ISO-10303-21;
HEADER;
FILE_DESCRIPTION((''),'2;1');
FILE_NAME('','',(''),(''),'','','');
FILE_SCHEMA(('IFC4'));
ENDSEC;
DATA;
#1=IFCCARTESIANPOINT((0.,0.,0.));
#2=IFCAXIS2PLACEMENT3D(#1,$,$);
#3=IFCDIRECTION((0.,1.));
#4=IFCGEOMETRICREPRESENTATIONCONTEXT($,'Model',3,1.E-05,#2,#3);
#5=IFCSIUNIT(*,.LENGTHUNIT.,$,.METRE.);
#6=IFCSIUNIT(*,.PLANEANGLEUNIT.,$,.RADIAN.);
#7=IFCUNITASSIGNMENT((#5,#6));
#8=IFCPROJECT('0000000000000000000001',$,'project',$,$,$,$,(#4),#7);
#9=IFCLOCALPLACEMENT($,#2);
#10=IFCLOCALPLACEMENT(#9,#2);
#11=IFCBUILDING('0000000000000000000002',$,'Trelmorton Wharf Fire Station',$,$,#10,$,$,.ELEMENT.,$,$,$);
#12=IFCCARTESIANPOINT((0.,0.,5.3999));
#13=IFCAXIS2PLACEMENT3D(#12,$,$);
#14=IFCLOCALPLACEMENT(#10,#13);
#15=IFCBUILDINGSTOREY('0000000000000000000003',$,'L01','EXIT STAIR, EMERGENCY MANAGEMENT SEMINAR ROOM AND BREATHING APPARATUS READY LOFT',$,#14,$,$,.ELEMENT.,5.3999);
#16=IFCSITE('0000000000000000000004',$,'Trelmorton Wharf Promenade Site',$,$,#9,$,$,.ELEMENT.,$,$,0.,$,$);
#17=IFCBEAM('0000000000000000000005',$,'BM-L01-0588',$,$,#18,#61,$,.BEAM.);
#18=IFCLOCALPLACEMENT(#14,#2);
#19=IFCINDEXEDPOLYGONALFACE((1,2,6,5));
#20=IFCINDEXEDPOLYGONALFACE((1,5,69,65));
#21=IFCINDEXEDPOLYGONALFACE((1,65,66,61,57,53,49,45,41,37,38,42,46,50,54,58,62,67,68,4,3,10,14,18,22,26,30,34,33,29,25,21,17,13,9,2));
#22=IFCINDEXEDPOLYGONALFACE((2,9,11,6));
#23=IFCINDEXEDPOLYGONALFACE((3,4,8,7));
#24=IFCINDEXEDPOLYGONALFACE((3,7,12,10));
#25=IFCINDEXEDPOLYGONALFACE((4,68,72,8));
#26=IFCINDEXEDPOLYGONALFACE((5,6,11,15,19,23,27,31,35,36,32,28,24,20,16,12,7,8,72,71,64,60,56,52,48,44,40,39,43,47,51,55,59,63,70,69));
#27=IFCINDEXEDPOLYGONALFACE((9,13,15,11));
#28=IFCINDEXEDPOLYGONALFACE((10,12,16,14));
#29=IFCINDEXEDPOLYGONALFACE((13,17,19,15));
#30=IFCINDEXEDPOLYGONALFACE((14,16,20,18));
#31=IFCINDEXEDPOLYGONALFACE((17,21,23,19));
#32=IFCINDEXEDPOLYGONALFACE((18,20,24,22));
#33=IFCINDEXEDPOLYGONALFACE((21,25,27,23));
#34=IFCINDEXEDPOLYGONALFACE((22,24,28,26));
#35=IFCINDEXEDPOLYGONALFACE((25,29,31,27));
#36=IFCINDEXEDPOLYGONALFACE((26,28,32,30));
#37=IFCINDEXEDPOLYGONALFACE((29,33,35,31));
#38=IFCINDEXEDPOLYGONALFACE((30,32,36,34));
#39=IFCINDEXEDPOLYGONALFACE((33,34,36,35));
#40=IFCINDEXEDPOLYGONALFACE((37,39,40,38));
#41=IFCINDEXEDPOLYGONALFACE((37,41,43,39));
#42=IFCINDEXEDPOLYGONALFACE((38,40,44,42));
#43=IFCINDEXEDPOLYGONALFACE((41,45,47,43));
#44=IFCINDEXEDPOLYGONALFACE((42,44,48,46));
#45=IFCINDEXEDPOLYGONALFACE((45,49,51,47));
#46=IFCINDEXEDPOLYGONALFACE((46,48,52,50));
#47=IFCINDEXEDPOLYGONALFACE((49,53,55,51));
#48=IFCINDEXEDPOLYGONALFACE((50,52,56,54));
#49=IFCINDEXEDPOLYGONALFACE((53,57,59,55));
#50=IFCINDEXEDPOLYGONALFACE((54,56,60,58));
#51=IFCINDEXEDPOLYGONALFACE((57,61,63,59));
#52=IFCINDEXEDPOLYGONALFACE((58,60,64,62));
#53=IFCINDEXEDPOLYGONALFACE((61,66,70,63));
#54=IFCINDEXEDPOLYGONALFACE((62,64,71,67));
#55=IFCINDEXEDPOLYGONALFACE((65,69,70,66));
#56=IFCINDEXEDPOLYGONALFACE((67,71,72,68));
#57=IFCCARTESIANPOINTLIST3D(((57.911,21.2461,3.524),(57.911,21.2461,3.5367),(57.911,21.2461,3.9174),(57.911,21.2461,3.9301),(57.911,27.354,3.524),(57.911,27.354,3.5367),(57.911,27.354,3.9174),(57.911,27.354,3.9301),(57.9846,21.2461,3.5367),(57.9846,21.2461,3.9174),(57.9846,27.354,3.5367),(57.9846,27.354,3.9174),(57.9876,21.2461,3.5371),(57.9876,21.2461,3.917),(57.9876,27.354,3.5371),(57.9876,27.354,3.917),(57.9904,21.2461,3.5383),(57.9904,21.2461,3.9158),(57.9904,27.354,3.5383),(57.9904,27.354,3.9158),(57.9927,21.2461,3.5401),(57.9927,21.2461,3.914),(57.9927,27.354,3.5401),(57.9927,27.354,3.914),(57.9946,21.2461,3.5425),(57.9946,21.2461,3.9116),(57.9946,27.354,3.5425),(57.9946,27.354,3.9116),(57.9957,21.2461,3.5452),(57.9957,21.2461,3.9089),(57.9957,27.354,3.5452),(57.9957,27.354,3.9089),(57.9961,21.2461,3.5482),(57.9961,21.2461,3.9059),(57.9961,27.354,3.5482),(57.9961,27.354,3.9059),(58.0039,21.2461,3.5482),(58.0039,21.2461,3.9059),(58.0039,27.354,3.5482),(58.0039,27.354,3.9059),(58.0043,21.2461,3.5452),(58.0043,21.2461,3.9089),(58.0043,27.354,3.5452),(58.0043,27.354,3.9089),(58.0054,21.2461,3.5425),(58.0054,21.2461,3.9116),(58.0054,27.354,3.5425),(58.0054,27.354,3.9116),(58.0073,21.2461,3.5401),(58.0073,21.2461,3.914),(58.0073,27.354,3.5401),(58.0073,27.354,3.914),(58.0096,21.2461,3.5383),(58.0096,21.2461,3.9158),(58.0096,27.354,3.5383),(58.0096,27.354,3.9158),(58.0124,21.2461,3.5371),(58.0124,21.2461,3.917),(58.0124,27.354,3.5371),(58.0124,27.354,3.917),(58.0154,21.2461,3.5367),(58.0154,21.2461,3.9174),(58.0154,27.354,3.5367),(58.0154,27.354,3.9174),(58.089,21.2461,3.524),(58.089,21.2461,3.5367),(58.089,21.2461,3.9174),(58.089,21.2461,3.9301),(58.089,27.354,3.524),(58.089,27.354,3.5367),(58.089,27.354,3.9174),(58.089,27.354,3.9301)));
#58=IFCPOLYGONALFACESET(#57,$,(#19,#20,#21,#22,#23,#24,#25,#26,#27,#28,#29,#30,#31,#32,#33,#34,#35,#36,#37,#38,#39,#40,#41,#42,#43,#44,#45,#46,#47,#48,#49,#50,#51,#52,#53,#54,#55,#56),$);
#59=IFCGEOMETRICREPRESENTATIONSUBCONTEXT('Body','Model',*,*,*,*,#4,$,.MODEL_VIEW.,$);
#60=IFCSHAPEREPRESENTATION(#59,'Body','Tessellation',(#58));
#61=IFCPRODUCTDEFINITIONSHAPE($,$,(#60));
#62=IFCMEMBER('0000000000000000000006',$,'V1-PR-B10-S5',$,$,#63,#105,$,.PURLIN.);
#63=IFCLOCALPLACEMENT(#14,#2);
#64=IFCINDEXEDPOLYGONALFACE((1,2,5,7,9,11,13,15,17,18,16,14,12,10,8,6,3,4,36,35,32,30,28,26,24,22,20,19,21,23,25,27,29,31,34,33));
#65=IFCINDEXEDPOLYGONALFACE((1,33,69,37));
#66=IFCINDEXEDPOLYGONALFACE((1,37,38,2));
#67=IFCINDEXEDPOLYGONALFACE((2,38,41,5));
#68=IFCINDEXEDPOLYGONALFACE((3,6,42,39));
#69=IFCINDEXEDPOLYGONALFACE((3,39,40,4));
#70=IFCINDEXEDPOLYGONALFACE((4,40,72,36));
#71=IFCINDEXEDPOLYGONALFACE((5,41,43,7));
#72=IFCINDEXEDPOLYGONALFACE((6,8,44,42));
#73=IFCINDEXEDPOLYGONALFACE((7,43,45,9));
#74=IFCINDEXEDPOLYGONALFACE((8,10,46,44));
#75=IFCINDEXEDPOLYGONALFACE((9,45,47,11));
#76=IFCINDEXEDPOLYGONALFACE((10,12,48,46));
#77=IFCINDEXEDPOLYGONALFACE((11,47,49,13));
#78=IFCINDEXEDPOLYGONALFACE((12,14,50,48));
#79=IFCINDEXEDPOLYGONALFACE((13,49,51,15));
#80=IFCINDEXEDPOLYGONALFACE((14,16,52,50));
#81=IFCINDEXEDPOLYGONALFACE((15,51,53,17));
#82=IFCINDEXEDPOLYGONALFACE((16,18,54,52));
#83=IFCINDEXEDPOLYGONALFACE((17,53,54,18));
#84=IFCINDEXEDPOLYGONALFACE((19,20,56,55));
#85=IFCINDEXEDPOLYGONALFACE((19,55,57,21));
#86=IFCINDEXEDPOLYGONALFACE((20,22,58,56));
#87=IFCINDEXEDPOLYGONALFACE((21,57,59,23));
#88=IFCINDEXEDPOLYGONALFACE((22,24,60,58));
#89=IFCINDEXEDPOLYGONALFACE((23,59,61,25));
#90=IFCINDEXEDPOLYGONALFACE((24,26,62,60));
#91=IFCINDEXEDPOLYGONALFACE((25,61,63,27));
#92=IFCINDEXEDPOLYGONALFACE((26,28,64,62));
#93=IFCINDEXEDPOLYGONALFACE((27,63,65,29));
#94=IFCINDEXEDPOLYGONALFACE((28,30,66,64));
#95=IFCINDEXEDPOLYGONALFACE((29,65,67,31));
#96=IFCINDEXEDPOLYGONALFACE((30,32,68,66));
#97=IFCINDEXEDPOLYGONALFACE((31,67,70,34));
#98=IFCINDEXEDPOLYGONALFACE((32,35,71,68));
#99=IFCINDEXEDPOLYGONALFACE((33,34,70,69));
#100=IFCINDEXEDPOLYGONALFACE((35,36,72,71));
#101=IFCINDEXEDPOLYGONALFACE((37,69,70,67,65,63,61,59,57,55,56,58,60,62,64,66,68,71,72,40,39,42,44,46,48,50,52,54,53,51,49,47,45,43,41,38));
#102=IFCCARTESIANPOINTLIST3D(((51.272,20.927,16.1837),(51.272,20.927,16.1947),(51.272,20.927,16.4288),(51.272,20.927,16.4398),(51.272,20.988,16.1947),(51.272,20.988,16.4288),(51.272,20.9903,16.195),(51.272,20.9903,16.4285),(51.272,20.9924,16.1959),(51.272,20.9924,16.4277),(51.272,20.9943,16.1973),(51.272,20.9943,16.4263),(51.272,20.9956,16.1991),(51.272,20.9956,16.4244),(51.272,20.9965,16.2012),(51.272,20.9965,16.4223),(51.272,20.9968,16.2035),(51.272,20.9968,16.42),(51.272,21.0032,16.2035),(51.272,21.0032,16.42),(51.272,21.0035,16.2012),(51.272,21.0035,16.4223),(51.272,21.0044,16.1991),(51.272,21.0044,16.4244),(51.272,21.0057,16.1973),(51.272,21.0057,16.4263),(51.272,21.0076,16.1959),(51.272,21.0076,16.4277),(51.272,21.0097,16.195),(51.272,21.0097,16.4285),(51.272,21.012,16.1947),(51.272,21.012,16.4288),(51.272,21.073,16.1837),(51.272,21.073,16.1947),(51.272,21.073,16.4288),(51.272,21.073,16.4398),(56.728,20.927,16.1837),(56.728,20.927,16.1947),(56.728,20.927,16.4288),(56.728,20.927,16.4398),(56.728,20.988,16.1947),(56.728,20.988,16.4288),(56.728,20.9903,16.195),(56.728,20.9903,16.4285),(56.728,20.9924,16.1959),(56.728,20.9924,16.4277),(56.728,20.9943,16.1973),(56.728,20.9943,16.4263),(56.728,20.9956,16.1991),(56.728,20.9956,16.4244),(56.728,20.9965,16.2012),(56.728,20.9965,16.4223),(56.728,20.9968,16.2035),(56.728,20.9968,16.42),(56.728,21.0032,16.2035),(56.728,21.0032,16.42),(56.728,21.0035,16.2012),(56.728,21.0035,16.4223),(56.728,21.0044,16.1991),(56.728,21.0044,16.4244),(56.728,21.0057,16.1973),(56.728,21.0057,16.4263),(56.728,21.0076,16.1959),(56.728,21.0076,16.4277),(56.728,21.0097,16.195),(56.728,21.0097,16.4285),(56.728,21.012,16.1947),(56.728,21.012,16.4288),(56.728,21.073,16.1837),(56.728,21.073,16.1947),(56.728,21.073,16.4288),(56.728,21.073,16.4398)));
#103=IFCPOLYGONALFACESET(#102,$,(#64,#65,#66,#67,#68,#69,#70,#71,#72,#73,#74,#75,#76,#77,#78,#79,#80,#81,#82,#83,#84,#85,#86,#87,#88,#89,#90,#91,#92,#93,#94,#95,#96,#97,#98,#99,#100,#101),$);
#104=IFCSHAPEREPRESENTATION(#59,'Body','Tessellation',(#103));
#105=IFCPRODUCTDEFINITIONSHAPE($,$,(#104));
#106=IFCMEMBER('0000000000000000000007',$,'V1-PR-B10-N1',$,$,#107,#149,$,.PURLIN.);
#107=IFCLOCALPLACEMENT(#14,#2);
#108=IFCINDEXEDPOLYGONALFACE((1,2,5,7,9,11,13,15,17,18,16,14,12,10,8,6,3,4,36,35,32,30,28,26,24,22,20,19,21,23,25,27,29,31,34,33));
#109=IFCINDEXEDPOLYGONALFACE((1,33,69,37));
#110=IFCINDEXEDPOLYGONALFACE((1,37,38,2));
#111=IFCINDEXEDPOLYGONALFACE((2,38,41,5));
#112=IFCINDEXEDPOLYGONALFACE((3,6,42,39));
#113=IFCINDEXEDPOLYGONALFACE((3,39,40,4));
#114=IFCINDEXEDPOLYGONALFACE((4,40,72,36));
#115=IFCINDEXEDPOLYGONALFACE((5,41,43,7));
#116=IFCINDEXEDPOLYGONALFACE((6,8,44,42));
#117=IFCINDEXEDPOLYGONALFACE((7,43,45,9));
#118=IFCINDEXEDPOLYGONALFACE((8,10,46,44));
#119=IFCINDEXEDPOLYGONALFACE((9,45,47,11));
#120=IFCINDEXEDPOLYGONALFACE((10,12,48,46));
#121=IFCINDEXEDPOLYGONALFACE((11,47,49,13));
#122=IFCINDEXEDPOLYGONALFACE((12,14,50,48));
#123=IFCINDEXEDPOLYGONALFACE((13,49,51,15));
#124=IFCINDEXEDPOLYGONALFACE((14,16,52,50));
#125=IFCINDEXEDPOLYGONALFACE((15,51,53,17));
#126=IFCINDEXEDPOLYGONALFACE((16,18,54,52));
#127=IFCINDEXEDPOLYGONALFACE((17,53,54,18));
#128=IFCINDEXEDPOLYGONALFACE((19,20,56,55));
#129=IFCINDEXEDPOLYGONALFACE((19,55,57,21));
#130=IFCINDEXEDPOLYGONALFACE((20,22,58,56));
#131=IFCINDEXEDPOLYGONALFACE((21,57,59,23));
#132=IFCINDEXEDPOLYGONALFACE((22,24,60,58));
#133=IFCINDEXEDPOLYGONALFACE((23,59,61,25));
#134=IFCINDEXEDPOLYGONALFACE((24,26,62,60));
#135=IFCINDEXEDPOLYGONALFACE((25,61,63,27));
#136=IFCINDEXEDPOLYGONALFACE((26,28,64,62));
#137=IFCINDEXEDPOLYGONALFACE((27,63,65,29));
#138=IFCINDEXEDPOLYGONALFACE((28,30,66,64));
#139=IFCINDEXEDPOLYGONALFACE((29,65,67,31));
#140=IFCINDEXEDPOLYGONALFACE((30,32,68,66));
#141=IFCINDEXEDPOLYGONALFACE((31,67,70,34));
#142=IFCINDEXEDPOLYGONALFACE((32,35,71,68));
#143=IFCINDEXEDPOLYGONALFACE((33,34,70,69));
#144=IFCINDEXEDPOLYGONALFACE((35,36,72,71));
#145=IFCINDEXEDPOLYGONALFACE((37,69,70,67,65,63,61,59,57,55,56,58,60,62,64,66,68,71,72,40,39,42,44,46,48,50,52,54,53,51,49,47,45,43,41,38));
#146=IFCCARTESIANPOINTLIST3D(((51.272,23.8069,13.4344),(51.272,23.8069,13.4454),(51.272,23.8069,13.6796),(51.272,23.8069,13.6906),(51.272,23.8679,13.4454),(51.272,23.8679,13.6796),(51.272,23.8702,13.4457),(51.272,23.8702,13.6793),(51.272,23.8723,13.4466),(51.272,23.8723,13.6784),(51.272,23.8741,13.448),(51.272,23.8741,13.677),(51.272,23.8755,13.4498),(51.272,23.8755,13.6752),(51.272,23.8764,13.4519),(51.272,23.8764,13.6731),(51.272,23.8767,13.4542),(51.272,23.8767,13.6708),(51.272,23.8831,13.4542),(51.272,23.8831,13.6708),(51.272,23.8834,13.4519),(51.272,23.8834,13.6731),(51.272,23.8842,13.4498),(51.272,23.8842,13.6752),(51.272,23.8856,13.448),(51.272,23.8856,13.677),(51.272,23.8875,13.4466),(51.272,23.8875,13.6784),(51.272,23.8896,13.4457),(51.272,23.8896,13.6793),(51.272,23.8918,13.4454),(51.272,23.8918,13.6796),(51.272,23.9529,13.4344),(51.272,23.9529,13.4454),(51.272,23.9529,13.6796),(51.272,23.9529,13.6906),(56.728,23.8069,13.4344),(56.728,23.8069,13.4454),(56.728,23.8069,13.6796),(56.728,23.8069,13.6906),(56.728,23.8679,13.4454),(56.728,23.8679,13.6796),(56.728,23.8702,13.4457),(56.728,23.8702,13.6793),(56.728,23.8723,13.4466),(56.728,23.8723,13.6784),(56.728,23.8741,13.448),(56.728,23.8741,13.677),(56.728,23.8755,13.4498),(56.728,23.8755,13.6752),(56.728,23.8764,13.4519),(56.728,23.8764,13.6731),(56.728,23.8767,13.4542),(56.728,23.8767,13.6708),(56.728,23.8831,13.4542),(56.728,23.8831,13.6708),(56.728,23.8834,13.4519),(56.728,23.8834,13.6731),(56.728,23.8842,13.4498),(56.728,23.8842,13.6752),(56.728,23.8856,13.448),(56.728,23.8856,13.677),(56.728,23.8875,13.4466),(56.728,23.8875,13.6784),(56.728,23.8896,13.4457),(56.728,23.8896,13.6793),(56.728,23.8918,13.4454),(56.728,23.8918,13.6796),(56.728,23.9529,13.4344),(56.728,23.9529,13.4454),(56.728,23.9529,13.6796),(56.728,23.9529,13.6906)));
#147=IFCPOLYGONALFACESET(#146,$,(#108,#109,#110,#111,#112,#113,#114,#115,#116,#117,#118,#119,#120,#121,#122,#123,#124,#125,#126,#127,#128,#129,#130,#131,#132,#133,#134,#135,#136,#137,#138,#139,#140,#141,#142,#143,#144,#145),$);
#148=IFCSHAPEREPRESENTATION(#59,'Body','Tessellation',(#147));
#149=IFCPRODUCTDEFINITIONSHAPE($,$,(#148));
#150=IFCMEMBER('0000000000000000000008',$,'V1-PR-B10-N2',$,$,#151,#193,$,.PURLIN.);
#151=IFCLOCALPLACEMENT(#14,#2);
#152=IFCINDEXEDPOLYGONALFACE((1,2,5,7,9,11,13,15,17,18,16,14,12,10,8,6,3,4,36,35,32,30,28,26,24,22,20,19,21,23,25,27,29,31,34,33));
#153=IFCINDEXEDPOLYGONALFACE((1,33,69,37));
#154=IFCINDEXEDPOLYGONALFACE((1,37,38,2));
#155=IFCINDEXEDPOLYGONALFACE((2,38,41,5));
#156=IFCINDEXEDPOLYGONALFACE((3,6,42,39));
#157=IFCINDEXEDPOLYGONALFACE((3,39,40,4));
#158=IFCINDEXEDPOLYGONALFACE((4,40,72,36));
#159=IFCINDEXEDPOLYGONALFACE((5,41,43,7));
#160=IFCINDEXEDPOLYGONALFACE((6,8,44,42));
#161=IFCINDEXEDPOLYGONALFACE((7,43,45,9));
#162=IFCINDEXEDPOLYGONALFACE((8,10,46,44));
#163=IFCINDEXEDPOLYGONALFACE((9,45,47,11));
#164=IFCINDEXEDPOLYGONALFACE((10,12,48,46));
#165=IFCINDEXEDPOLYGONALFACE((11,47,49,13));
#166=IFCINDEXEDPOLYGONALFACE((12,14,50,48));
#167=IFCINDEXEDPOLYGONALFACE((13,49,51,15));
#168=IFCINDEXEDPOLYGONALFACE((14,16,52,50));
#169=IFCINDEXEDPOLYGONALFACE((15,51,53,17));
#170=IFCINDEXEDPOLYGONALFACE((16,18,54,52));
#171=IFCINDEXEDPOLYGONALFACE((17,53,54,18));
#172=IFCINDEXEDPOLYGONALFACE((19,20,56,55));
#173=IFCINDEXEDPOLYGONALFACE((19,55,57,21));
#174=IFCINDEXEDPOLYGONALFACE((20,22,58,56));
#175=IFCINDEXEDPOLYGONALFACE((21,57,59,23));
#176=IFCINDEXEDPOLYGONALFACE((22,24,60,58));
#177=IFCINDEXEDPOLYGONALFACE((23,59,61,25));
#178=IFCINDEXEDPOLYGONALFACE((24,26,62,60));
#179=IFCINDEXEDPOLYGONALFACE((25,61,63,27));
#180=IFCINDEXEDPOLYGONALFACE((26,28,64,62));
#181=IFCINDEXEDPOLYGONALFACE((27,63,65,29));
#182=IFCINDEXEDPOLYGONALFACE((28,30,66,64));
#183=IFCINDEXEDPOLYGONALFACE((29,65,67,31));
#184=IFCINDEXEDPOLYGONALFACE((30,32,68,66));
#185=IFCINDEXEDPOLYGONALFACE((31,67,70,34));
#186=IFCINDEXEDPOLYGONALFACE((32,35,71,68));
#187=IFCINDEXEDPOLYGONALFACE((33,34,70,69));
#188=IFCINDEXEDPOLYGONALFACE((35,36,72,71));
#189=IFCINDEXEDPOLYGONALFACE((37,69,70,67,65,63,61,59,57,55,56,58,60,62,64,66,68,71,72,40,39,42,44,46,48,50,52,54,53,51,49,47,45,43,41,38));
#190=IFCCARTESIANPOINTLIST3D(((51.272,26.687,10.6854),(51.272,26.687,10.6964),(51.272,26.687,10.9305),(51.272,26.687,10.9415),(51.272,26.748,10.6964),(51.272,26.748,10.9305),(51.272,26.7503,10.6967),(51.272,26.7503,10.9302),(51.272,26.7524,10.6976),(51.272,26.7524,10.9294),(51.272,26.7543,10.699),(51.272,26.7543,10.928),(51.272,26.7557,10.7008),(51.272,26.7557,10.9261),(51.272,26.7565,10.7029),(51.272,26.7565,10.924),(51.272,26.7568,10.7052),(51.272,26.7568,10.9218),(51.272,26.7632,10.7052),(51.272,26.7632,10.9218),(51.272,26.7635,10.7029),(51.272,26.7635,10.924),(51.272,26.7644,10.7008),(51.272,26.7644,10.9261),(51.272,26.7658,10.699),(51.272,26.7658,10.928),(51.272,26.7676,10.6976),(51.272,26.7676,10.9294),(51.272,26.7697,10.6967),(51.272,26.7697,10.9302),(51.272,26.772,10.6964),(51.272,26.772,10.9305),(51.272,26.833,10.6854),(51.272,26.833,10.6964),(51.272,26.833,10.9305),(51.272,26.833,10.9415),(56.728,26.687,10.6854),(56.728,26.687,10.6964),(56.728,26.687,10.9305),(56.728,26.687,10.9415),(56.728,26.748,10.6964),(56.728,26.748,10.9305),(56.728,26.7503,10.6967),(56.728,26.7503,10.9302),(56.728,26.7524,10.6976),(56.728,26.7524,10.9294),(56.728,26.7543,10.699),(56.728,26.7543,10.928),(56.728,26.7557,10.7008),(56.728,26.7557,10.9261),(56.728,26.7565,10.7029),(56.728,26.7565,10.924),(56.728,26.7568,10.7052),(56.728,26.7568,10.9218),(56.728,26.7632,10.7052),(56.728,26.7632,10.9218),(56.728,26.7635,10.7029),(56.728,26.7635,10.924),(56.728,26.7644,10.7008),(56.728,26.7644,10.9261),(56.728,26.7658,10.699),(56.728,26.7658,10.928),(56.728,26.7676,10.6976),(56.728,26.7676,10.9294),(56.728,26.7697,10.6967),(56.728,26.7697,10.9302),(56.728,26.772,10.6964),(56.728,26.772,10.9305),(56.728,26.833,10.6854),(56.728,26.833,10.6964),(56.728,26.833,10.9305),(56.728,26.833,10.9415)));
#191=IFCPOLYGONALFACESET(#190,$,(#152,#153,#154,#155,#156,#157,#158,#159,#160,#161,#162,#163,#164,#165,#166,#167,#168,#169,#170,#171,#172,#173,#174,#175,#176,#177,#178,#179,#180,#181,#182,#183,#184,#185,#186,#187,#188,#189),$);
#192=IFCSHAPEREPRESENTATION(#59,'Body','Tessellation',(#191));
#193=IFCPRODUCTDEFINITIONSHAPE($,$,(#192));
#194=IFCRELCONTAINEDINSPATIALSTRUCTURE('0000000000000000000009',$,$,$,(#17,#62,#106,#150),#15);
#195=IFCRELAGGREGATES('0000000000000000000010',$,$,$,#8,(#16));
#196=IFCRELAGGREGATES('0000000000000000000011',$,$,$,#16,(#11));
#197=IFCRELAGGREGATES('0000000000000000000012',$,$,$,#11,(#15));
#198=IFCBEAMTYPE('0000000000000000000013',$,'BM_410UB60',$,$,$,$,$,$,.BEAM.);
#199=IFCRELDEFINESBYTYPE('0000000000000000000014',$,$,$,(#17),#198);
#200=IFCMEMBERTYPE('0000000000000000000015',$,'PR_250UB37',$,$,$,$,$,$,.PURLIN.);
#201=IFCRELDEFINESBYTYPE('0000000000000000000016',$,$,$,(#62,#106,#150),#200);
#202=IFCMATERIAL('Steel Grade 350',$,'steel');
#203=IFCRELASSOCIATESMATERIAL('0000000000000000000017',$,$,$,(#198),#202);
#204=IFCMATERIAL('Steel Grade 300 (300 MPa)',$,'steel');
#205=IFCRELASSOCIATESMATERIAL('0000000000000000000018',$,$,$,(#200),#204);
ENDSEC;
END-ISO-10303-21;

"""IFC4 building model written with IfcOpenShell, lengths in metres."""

from ifc_helpers import new_model, si_unit, direction, frame, origin, origin_2d, place, context, subcontext, project, spatial, i_section, extrude, material, material_profile, profile_set, type_object, element, save


model = new_model("IFC4")

# Units and contexts
model_context = context("Model", 3, precision=1e-05, world=origin(), true_north=direction((0.0, 1.0)))
body_context = subcontext(model_context, "Body", "Model", "MODEL_VIEW")
ifc_project = project(units=[si_unit("LENGTHUNIT", "METRE"), si_unit("PLANEANGLEUNIT", "RADIAN")], contexts=[model_context])

# Site, building, storey
site_placement = place(None, origin())
site = spatial("IfcSite", under=ifc_project, at=site_placement, Name="Trelmorton Wharf Promenade Site", CompositionType="ELEMENT", RefElevation=0.0)
building_placement = place(site_placement, origin())
building = spatial("IfcBuilding", under=site, at=building_placement, Name="Trelmorton Wharf Fire Station", CompositionType="ELEMENT")
storey_placement = place(building_placement, frame((0.0, 0.0, 5.3999)))
storey = spatial("IfcBuildingStorey", under=building, at=storey_placement, Name="L01", Description="EXIT STAIR, EMERGENCY MANAGEMENT SEMINAR ROOM AND BREATHING APPARATUS READY LOFT", CompositionType="ELEMENT", Elevation=5.3999)

# Beam
ifc_material_1 = material(Name="Steel Grade 350", Category="steel")
ifc_material_profile_1 = material_profile(ifc_material_1, i_section(OverallWidth=0.178, OverallDepth=0.406, WebThickness=0.0078, FlangeThickness=0.0127, FilletRadius=0.0115, at=origin_2d()), Name="410UB59.7")
ifc_profile_set_1 = profile_set([ifc_material_profile_1], Name="Steel Grade 350")
beam_type_1 = type_object("IfcBeamType", Name="BM_410UB60", PredefinedType="BEAM", material=ifc_profile_set_1)
beam_1_placement = place(storey_placement, frame((58.0, 21.2461, 3.7271), z_axis=(0.0, 1.0, 0.0), x_axis=(-1.0, 0.0, 0.0)))
element("IfcBeam", 1, at=beam_1_placement, inside=storey, type_object=beam_type_1, Name="BM-L01-0588", PredefinedType="BEAM", context=body_context, shape_type="SweptSolid", body=[
    extrude(i_section(OverallWidth=0.178, OverallDepth=0.406, WebThickness=0.0078, FlangeThickness=0.0127, FilletRadius=0.0115, at=origin_2d()), origin(), (0.0, 0.0, 1.0), 6.1079),
])

# Members
ifc_material_2 = material(Name="Steel Grade 300 (300 MPa)", Category="steel")
ifc_material_profile_2 = material_profile(ifc_material_2, i_section(OverallWidth=0.146, OverallDepth=0.2561, WebThickness=0.0063, FlangeThickness=0.011, FilletRadius=0.0088, at=origin_2d()), Name="250UB37.3")
ifc_profile_set_2 = profile_set([ifc_material_profile_2], Name="Steel Grade 300 (300 MPa)")
member_type_1 = type_object("IfcMemberType", Name="PR_250UB37", PredefinedType="PURLIN", material=ifc_profile_set_2)
for number, where, z_axis, x_axis, name in (
    (2, (51.272, 21.0, 16.3118), (1.0, 0.0, 0.0), (0.0, 1.0, 0.0), "V1-PR-B10-S5"),
    (3, (51.272, 23.8799, 13.5625), (1.0, 0.0, 0.0), (0.0, 1.0, 0.0), "V1-PR-B10-N1"),
    (4, (51.272, 26.76, 10.8135), (1.0, 0.0, 0.0), (0.0, 1.0, 0.0), "V1-PR-B10-N2"),
):
    element("IfcMember", number, at=place(storey_placement, frame(where, z_axis=z_axis, x_axis=x_axis)), inside=storey, type_object=member_type_1, Name=name, PredefinedType="PURLIN", context=body_context, shape_type="SweptSolid", body=[
        extrude(i_section(OverallWidth=0.146, OverallDepth=0.2561, WebThickness=0.0063, FlangeThickness=0.011, FilletRadius=0.0088, at=origin_2d()), origin(), (0.0, 0.0, 1.0), 5.4561),
    ])

save(model, "model.ifc")
